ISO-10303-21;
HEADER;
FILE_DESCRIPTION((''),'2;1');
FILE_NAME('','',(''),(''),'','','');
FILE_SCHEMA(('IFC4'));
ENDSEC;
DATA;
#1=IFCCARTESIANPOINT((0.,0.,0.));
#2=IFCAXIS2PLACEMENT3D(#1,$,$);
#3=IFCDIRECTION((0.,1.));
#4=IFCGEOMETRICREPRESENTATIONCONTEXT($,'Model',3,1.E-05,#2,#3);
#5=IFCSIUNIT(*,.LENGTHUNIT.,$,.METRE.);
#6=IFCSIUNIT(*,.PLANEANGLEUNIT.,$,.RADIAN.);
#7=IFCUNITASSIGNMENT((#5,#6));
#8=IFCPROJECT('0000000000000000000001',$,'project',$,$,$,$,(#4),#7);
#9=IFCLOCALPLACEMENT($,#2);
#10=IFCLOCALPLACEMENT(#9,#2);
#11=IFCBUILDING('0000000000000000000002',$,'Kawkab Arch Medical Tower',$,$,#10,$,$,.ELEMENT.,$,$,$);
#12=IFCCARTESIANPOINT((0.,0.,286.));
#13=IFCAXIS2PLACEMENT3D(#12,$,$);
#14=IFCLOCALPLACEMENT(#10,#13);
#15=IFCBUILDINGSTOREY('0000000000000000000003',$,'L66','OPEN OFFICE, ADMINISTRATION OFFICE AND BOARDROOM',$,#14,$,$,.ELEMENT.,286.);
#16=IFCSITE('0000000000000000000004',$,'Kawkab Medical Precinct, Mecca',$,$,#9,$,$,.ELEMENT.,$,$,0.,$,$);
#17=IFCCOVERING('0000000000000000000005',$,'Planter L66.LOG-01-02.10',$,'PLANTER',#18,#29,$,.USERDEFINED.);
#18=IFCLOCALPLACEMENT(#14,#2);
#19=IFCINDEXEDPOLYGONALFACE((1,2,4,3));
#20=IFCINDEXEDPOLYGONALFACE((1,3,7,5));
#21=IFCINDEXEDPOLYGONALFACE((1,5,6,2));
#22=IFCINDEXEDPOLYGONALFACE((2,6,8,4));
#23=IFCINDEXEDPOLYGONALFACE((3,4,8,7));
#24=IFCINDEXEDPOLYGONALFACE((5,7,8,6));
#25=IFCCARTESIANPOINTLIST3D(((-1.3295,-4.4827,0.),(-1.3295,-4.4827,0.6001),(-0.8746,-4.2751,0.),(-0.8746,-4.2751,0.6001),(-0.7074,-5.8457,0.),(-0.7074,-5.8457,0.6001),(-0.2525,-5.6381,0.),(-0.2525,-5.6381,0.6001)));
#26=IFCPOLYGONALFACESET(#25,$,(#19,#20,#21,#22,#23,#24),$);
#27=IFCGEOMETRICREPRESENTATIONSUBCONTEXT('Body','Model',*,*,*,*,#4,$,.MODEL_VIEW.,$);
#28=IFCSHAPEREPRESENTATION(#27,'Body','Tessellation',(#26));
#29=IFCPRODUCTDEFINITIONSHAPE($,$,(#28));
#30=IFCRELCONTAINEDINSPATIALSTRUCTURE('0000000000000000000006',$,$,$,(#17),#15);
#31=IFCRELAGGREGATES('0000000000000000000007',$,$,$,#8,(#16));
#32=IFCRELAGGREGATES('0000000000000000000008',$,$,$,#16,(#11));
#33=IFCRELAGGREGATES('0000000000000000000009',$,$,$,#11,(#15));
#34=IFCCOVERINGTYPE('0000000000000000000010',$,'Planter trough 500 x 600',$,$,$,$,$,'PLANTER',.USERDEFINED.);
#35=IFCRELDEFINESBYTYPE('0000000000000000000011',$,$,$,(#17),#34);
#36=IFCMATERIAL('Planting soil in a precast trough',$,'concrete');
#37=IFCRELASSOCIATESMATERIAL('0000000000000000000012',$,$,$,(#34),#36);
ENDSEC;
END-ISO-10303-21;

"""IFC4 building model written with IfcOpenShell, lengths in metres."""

from ifc_helpers import new_model, si_unit, direction, frame, origin, origin_2d, place, context, subcontext, project, spatial, rectangle, extrude, material, material_profile, profile_set, type_object, element, save


model = new_model("IFC4")

# Units and contexts
model_context = context("Model", 3, precision=1e-05, world=origin(), true_north=direction((0.0, 1.0)))
body_context = subcontext(model_context, "Body", "Model", "MODEL_VIEW")
ifc_project = project(units=[si_unit("LENGTHUNIT", "METRE"), si_unit("PLANEANGLEUNIT", "RADIAN")], contexts=[model_context])

# Site, building, storey
site_placement = place(None, origin())
site = spatial("IfcSite", under=ifc_project, at=site_placement, Name="Kawkab Medical Precinct, Mecca", CompositionType="ELEMENT", RefElevation=0.0)
building_placement = place(site_placement, origin())
building = spatial("IfcBuilding", under=site, at=building_placement, Name="Kawkab Arch Medical Tower", CompositionType="ELEMENT")
storey_placement = place(building_placement, frame((0.0, 0.0, 286.0)))
storey = spatial("IfcBuildingStorey", under=building, at=storey_placement, Name="L66", Description="OPEN OFFICE, ADMINISTRATION OFFICE AND BOARDROOM", CompositionType="ELEMENT", Elevation=286.0)

# Covering
ifc_material_1 = material(Name="Planting soil in a precast trough", Category="concrete")
ifc_material_profile_1 = material_profile(ifc_material_1, rectangle(XDim=0.5, YDim=0.6001, at=origin_2d()), Name="Trough 500x600")
ifc_profile_set_1 = profile_set([ifc_material_profile_1], Name="Planting soil in a precast trough")
covering_type_1 = type_object("IfcCoveringType", Name="Planter trough 500 x 600", ElementType="PLANTER", PredefinedType="USERDEFINED", material=ifc_profile_set_1)
covering_1_placement = place(storey_placement, frame((-0.48, -5.7419, 0.3), z_axis=(-0.41519, 0.909735, 0.0), x_axis=(-0.909735, -0.41519, 0.0)))
element("IfcCovering", 1, at=covering_1_placement, inside=storey, type_object=covering_type_1, Name="Planter L66.LOG-01-02.10", ObjectType="PLANTER", PredefinedType="USERDEFINED", context=body_context, shape_type="SweptSolid", body=[
    extrude(rectangle(XDim=0.5, YDim=0.6001, at=origin_2d()), origin(), (0.0, 0.0, 1.0), 1.4983),
])

save(model, "model.ifc")
